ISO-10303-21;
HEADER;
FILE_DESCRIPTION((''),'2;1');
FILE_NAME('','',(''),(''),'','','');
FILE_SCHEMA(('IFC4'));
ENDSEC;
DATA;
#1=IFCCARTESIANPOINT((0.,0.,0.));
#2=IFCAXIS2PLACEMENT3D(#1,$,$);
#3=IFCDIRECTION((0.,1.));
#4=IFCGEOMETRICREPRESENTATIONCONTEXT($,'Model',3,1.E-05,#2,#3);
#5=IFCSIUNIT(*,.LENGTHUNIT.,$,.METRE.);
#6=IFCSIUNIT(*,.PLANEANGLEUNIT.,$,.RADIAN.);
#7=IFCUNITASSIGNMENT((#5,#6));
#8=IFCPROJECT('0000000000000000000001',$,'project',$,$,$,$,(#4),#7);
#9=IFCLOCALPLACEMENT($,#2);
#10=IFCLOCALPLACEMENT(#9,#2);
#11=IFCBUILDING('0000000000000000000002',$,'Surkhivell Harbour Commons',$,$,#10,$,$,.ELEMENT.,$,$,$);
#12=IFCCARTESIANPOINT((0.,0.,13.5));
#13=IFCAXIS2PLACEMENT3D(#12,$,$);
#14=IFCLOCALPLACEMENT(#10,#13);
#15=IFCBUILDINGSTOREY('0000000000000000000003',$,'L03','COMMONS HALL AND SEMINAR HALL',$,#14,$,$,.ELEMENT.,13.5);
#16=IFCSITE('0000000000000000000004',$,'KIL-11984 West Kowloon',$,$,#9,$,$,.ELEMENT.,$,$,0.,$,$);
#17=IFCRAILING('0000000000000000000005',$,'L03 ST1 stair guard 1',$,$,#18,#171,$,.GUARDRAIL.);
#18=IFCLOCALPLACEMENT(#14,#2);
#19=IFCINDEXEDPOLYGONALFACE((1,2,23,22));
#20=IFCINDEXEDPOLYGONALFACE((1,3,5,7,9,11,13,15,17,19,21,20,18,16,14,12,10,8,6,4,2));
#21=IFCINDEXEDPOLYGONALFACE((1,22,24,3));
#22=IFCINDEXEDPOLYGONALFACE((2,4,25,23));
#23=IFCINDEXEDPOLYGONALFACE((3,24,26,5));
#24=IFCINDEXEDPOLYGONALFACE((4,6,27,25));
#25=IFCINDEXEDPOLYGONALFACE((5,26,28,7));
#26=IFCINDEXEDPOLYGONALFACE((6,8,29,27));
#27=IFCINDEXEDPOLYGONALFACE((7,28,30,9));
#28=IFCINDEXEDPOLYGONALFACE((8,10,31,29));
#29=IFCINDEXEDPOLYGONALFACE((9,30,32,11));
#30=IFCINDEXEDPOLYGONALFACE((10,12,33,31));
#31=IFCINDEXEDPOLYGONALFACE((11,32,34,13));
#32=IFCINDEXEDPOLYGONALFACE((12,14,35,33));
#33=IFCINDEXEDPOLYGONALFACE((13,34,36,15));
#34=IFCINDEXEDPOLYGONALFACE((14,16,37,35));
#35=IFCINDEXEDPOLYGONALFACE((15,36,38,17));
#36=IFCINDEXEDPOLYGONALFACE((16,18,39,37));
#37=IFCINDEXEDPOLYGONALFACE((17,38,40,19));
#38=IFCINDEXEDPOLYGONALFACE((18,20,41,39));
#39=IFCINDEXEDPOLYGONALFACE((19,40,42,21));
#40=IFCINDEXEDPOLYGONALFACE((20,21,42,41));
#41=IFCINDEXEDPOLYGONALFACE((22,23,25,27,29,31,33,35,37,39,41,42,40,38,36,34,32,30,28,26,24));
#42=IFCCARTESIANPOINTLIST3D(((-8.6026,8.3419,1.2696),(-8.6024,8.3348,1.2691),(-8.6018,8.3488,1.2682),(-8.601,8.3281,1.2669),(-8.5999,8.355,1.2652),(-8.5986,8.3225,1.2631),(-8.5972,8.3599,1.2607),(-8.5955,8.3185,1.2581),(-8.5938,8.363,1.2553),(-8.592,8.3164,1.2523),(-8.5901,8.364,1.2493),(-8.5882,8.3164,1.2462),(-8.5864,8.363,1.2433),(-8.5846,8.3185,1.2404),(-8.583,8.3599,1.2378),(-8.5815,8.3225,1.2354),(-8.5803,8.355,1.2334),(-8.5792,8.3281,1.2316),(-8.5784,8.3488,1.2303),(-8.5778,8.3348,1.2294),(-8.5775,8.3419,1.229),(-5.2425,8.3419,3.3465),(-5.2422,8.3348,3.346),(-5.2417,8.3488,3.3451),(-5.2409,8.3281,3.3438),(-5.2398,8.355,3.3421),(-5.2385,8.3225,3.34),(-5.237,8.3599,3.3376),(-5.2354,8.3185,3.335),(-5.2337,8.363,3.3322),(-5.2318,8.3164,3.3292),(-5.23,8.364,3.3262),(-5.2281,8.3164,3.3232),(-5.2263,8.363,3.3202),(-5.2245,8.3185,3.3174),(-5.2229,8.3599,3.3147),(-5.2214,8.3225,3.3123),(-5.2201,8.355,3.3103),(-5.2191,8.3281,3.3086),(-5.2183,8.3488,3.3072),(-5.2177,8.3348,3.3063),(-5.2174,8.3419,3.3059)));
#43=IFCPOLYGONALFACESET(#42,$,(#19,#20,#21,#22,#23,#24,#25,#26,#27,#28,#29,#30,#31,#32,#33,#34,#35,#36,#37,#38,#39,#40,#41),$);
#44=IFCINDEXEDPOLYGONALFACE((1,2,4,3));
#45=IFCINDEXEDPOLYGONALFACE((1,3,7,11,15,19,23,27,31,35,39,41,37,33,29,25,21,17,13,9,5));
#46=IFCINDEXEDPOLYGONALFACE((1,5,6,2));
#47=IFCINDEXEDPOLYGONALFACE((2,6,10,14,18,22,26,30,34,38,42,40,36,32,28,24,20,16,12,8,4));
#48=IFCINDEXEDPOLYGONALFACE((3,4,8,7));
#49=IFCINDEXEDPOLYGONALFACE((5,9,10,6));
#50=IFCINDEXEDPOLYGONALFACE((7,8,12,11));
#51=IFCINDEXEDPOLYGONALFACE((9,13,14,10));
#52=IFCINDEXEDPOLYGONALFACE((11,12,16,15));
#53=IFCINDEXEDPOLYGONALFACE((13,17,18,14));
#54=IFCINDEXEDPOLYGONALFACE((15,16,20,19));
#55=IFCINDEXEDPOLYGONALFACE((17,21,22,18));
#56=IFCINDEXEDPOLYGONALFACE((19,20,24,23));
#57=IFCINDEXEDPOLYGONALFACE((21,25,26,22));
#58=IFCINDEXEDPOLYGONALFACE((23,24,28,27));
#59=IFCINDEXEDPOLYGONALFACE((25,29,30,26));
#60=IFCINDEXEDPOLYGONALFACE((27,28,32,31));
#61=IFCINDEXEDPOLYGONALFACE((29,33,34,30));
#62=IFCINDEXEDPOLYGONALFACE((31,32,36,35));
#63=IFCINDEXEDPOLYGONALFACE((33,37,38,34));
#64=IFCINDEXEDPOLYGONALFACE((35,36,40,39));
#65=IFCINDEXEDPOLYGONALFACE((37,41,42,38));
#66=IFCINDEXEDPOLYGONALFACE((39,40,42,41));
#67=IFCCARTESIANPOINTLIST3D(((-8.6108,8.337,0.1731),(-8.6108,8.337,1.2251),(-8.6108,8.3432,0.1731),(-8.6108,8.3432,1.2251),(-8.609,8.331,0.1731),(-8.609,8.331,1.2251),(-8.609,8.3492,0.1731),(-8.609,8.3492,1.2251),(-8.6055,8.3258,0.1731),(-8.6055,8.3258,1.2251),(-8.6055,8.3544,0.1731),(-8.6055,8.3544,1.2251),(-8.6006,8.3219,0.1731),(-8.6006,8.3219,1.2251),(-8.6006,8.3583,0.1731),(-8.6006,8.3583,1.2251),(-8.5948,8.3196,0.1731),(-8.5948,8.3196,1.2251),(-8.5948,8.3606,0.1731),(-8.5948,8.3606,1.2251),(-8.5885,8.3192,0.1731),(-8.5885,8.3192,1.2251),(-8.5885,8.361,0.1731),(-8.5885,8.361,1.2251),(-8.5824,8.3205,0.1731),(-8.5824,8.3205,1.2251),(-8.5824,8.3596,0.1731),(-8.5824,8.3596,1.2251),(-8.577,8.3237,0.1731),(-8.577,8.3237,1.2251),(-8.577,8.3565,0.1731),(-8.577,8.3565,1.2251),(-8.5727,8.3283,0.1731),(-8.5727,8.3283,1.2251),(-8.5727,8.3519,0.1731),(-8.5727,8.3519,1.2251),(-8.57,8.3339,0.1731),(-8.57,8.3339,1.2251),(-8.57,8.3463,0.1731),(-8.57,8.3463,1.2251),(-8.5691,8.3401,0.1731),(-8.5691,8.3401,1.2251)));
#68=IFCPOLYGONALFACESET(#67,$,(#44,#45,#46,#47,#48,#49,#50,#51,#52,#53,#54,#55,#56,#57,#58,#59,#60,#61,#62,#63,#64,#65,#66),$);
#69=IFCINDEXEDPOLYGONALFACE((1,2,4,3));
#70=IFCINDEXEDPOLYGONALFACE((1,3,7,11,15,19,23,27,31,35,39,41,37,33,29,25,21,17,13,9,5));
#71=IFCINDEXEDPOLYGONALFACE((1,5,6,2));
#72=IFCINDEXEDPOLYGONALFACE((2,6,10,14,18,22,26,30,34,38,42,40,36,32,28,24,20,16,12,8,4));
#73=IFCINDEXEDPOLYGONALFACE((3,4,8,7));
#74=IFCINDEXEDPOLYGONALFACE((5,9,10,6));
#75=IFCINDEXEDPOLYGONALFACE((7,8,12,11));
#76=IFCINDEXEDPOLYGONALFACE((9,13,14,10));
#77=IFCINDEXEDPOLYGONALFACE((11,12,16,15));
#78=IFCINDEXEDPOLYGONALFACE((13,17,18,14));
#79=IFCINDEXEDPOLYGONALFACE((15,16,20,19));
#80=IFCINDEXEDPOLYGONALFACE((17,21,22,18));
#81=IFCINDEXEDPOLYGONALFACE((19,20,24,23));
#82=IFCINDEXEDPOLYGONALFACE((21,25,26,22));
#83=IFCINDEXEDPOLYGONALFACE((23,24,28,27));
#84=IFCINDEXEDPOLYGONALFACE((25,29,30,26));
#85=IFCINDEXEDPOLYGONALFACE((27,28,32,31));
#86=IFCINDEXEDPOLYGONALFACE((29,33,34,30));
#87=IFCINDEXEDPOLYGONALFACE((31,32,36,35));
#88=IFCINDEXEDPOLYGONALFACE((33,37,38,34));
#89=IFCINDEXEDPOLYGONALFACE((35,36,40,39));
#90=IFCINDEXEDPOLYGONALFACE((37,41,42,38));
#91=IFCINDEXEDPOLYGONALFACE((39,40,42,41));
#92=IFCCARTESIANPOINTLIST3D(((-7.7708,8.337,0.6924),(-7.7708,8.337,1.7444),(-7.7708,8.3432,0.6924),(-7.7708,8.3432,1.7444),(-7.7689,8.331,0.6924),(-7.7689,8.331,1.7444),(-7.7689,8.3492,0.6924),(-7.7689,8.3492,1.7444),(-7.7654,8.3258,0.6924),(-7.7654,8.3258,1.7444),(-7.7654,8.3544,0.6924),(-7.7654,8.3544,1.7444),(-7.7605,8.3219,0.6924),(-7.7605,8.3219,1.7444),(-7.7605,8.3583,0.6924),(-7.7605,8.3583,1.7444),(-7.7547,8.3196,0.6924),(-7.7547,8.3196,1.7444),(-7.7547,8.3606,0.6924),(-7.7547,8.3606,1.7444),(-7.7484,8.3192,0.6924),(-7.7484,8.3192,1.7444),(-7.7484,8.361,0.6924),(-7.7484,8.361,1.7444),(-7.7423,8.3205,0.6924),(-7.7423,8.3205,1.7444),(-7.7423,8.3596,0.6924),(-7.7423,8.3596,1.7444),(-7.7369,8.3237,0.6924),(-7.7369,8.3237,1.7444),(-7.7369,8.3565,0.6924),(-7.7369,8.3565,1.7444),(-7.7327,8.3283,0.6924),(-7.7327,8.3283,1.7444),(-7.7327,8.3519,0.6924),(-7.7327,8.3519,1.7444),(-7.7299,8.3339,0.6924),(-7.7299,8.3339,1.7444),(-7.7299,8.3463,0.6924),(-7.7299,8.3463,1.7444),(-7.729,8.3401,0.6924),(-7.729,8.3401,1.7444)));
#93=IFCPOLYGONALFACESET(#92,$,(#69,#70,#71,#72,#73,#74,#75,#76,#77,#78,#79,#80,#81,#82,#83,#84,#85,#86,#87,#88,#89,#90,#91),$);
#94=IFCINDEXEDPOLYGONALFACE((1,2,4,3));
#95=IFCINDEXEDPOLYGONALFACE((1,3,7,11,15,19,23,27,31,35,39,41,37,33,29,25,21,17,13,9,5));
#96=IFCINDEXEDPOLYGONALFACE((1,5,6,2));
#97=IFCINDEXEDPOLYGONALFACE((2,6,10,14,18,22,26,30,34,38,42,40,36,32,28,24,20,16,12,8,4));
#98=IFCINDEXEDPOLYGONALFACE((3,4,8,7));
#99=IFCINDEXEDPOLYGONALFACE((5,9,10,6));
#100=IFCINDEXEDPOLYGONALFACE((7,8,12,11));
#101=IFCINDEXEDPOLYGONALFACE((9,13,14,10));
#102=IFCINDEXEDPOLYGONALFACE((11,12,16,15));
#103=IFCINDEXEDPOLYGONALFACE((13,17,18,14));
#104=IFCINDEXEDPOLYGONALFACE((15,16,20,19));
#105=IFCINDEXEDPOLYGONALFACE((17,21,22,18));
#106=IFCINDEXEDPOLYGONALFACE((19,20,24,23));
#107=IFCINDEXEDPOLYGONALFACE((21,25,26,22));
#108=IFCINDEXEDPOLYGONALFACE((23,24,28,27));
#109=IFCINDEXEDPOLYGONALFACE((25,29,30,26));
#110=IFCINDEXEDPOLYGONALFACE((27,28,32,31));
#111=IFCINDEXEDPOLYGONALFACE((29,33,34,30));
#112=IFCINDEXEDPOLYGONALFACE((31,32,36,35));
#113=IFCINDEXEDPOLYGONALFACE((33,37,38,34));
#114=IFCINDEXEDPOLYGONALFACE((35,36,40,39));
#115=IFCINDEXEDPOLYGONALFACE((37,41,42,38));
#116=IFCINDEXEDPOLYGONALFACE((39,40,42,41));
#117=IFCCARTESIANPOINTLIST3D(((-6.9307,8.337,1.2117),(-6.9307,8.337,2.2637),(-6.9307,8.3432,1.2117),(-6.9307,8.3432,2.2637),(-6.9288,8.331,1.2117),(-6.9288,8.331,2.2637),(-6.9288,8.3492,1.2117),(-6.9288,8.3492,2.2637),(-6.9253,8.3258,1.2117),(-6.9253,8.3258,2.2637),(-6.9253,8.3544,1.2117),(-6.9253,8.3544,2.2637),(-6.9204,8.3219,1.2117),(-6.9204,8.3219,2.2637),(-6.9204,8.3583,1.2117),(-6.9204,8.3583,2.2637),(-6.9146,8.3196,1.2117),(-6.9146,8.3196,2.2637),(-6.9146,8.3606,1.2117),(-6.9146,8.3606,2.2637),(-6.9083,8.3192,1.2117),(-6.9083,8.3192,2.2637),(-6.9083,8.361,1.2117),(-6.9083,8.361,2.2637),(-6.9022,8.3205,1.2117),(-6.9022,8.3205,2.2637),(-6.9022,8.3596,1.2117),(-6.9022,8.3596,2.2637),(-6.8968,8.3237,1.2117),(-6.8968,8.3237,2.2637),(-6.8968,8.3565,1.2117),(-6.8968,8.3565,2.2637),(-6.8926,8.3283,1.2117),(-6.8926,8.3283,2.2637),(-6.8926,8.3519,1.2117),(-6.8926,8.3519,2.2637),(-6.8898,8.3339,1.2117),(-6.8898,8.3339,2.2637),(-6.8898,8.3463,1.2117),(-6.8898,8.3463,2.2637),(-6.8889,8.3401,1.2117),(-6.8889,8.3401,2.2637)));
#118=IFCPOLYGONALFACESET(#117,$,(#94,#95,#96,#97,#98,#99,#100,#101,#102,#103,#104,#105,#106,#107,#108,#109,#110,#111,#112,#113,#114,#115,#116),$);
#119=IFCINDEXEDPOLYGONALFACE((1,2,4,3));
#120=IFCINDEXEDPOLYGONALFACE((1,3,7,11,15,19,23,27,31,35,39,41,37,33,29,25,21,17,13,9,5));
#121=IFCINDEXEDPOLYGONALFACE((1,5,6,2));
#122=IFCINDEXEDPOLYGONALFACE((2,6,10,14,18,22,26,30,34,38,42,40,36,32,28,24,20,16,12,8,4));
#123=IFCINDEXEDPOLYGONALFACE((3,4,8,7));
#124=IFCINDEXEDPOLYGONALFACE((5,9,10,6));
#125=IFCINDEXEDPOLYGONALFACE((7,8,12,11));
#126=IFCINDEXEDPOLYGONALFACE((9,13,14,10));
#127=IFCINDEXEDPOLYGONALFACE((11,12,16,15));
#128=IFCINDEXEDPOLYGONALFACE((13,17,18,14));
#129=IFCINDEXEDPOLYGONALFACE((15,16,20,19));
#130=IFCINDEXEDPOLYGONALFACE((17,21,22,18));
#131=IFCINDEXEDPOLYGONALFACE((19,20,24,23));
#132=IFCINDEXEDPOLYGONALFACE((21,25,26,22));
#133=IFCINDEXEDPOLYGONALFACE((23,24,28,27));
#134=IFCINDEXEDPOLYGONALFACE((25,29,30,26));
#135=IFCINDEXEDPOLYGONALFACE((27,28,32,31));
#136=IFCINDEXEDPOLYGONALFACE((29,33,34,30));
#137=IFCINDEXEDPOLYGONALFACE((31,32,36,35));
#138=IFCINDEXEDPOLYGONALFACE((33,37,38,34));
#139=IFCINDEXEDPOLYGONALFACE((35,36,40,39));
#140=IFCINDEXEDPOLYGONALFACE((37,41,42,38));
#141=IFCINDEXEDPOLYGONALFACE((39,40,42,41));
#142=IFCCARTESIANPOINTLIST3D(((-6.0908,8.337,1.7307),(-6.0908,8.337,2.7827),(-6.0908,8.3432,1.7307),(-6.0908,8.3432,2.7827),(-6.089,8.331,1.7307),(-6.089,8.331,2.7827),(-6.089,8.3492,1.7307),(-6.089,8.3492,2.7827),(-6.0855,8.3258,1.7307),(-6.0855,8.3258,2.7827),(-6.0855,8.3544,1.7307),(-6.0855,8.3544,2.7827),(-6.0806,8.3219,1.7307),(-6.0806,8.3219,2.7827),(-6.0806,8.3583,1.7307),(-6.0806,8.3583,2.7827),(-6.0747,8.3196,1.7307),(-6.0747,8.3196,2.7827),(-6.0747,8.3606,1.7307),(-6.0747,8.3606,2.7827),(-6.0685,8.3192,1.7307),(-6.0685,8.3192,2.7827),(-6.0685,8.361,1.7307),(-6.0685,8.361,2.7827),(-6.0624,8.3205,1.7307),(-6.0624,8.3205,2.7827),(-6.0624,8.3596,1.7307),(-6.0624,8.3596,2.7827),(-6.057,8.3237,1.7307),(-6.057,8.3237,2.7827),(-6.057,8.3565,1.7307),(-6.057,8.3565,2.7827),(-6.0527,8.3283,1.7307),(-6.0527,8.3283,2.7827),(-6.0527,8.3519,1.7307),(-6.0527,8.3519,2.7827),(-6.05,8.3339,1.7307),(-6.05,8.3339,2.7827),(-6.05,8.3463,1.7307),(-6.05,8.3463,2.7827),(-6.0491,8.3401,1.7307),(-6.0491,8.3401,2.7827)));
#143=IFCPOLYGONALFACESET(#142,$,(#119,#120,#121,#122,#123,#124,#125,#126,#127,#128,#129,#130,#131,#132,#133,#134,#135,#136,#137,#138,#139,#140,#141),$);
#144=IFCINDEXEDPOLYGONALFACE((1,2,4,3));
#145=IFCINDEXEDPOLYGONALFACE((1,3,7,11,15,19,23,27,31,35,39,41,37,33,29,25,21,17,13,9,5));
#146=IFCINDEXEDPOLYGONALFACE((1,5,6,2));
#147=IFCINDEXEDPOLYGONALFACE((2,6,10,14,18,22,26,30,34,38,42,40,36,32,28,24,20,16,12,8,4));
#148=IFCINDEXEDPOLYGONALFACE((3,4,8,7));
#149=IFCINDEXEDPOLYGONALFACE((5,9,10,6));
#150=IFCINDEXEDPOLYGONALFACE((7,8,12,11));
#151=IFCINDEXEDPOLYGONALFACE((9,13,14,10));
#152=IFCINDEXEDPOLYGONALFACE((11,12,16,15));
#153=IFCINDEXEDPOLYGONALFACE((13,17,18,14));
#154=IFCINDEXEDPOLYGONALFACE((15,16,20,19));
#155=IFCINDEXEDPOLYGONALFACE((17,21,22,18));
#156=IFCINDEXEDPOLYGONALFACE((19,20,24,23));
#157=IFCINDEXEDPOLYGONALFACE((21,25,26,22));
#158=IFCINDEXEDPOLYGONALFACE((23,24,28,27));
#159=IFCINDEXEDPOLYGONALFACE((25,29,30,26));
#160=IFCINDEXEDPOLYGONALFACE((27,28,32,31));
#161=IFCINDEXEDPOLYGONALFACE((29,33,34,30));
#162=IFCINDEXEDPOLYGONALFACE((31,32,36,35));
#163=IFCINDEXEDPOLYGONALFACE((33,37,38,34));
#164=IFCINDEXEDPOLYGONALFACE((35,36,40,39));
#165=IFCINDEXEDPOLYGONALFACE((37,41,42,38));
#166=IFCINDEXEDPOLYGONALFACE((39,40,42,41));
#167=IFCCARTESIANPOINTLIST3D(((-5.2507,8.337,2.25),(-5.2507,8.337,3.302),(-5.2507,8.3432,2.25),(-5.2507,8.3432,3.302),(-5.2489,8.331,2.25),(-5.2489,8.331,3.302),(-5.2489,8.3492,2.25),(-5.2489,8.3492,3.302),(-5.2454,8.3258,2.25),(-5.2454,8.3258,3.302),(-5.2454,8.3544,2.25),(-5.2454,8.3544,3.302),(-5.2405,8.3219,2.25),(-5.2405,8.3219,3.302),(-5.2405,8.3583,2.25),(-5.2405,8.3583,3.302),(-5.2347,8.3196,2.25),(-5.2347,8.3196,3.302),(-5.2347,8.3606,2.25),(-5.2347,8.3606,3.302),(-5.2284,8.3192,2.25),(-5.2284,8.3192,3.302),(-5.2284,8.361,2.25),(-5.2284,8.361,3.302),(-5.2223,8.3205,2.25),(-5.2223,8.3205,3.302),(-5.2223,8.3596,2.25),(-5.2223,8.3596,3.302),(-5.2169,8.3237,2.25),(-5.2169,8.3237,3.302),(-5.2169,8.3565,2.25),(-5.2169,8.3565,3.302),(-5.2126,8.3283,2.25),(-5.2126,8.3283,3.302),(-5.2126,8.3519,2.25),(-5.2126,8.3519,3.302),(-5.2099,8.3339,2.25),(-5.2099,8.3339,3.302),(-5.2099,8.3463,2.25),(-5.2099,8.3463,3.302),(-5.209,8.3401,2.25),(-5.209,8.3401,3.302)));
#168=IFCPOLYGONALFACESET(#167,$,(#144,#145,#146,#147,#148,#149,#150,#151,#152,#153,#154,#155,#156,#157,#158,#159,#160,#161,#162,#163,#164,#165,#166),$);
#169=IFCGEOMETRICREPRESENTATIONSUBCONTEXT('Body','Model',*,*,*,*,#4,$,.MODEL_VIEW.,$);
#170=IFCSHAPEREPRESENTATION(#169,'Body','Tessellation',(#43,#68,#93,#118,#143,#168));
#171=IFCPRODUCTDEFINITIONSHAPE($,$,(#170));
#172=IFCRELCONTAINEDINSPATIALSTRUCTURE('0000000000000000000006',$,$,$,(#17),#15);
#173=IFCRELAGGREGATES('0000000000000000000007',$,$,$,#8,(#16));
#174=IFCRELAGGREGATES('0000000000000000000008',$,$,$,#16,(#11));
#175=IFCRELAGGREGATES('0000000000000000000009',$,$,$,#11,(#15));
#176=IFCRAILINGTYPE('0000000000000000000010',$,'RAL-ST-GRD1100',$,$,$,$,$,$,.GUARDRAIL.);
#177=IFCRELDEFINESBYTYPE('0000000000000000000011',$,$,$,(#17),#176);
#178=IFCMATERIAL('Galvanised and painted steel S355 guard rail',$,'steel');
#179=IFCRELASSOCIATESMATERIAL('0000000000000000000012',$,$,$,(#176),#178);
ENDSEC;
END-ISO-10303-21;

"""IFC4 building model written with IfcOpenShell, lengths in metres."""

from ifc_helpers import new_model, si_unit, direction, frame, origin, origin_2d, place, context, subcontext, project, spatial, circle, extrude, material, type_object, element, save


model = new_model("IFC4")

# Units and contexts
model_context = context("Model", 3, precision=1e-05, world=origin(), true_north=direction((0.0, 1.0)))
body_context = subcontext(model_context, "Body", "Model", "MODEL_VIEW")
ifc_project = project(units=[si_unit("LENGTHUNIT", "METRE"), si_unit("PLANEANGLEUNIT", "RADIAN")], contexts=[model_context])

# Site, building, storey
site_placement = place(None, origin())
site = spatial("IfcSite", under=ifc_project, at=site_placement, Name="KIL-11984 West Kowloon", CompositionType="ELEMENT", RefElevation=0.0)
building_placement = place(site_placement, origin())
building = spatial("IfcBuilding", under=site, at=building_placement, Name="Surkhivell Harbour Commons", CompositionType="ELEMENT")
storey_placement = place(building_placement, frame((0.0, 0.0, 13.5)))
storey = spatial("IfcBuildingStorey", under=building, at=storey_placement, Name="L03", Description="COMMONS HALL AND SEMINAR HALL", CompositionType="ELEMENT", Elevation=13.5)

# Railing
ifc_material_1 = material(Name="Galvanised and painted steel S355 guard rail", Category="steel")
railing_type_1 = type_object("IfcRailingType", Name="RAL-ST-GRD1100", PredefinedType="GUARDRAIL", material=ifc_material_1)
railing_1_placement = place(storey_placement, frame((-8.5901, 8.3401, 0.1731)))
element("IfcRailing", 1, at=railing_1_placement, inside=storey, type_object=railing_type_1, Name="L03 ST1 stair guard 1", PredefinedType="GUARDRAIL", context=body_context, shape_type="SweptSolid", body=[
    extrude(circle(Radius=0.0239, at=origin_2d()), frame((0.0, 0.0, 1.0762), z_axis=(0.850623, 0.0, 0.525776), x_axis=(0.0, 1.0, 0.0)), (0.0, 0.0, 1.0), 3.9502),
    extrude(circle(Radius=0.021, at=origin_2d()), origin(), (0.0, 0.0, 1.0), 1.052),
    extrude(circle(Radius=0.021, at=origin_2d()), frame((0.8401, 0.0, 0.5193)), (0.0, 0.0, 1.0), 1.052),
    extrude(circle(Radius=0.021, at=origin_2d()), frame((1.6802, 0.0, 1.0386)), (0.0, 0.0, 1.0), 1.052),
    extrude(circle(Radius=0.021, at=origin_2d()), frame((2.52, 0.0, 1.5576)), (0.0, 0.0, 1.0), 1.052),
    extrude(circle(Radius=0.021, at=origin_2d()), frame((3.3601, 0.0, 2.0769)), (0.0, 0.0, 1.0), 1.052),
])

save(model, "model.ifc")
